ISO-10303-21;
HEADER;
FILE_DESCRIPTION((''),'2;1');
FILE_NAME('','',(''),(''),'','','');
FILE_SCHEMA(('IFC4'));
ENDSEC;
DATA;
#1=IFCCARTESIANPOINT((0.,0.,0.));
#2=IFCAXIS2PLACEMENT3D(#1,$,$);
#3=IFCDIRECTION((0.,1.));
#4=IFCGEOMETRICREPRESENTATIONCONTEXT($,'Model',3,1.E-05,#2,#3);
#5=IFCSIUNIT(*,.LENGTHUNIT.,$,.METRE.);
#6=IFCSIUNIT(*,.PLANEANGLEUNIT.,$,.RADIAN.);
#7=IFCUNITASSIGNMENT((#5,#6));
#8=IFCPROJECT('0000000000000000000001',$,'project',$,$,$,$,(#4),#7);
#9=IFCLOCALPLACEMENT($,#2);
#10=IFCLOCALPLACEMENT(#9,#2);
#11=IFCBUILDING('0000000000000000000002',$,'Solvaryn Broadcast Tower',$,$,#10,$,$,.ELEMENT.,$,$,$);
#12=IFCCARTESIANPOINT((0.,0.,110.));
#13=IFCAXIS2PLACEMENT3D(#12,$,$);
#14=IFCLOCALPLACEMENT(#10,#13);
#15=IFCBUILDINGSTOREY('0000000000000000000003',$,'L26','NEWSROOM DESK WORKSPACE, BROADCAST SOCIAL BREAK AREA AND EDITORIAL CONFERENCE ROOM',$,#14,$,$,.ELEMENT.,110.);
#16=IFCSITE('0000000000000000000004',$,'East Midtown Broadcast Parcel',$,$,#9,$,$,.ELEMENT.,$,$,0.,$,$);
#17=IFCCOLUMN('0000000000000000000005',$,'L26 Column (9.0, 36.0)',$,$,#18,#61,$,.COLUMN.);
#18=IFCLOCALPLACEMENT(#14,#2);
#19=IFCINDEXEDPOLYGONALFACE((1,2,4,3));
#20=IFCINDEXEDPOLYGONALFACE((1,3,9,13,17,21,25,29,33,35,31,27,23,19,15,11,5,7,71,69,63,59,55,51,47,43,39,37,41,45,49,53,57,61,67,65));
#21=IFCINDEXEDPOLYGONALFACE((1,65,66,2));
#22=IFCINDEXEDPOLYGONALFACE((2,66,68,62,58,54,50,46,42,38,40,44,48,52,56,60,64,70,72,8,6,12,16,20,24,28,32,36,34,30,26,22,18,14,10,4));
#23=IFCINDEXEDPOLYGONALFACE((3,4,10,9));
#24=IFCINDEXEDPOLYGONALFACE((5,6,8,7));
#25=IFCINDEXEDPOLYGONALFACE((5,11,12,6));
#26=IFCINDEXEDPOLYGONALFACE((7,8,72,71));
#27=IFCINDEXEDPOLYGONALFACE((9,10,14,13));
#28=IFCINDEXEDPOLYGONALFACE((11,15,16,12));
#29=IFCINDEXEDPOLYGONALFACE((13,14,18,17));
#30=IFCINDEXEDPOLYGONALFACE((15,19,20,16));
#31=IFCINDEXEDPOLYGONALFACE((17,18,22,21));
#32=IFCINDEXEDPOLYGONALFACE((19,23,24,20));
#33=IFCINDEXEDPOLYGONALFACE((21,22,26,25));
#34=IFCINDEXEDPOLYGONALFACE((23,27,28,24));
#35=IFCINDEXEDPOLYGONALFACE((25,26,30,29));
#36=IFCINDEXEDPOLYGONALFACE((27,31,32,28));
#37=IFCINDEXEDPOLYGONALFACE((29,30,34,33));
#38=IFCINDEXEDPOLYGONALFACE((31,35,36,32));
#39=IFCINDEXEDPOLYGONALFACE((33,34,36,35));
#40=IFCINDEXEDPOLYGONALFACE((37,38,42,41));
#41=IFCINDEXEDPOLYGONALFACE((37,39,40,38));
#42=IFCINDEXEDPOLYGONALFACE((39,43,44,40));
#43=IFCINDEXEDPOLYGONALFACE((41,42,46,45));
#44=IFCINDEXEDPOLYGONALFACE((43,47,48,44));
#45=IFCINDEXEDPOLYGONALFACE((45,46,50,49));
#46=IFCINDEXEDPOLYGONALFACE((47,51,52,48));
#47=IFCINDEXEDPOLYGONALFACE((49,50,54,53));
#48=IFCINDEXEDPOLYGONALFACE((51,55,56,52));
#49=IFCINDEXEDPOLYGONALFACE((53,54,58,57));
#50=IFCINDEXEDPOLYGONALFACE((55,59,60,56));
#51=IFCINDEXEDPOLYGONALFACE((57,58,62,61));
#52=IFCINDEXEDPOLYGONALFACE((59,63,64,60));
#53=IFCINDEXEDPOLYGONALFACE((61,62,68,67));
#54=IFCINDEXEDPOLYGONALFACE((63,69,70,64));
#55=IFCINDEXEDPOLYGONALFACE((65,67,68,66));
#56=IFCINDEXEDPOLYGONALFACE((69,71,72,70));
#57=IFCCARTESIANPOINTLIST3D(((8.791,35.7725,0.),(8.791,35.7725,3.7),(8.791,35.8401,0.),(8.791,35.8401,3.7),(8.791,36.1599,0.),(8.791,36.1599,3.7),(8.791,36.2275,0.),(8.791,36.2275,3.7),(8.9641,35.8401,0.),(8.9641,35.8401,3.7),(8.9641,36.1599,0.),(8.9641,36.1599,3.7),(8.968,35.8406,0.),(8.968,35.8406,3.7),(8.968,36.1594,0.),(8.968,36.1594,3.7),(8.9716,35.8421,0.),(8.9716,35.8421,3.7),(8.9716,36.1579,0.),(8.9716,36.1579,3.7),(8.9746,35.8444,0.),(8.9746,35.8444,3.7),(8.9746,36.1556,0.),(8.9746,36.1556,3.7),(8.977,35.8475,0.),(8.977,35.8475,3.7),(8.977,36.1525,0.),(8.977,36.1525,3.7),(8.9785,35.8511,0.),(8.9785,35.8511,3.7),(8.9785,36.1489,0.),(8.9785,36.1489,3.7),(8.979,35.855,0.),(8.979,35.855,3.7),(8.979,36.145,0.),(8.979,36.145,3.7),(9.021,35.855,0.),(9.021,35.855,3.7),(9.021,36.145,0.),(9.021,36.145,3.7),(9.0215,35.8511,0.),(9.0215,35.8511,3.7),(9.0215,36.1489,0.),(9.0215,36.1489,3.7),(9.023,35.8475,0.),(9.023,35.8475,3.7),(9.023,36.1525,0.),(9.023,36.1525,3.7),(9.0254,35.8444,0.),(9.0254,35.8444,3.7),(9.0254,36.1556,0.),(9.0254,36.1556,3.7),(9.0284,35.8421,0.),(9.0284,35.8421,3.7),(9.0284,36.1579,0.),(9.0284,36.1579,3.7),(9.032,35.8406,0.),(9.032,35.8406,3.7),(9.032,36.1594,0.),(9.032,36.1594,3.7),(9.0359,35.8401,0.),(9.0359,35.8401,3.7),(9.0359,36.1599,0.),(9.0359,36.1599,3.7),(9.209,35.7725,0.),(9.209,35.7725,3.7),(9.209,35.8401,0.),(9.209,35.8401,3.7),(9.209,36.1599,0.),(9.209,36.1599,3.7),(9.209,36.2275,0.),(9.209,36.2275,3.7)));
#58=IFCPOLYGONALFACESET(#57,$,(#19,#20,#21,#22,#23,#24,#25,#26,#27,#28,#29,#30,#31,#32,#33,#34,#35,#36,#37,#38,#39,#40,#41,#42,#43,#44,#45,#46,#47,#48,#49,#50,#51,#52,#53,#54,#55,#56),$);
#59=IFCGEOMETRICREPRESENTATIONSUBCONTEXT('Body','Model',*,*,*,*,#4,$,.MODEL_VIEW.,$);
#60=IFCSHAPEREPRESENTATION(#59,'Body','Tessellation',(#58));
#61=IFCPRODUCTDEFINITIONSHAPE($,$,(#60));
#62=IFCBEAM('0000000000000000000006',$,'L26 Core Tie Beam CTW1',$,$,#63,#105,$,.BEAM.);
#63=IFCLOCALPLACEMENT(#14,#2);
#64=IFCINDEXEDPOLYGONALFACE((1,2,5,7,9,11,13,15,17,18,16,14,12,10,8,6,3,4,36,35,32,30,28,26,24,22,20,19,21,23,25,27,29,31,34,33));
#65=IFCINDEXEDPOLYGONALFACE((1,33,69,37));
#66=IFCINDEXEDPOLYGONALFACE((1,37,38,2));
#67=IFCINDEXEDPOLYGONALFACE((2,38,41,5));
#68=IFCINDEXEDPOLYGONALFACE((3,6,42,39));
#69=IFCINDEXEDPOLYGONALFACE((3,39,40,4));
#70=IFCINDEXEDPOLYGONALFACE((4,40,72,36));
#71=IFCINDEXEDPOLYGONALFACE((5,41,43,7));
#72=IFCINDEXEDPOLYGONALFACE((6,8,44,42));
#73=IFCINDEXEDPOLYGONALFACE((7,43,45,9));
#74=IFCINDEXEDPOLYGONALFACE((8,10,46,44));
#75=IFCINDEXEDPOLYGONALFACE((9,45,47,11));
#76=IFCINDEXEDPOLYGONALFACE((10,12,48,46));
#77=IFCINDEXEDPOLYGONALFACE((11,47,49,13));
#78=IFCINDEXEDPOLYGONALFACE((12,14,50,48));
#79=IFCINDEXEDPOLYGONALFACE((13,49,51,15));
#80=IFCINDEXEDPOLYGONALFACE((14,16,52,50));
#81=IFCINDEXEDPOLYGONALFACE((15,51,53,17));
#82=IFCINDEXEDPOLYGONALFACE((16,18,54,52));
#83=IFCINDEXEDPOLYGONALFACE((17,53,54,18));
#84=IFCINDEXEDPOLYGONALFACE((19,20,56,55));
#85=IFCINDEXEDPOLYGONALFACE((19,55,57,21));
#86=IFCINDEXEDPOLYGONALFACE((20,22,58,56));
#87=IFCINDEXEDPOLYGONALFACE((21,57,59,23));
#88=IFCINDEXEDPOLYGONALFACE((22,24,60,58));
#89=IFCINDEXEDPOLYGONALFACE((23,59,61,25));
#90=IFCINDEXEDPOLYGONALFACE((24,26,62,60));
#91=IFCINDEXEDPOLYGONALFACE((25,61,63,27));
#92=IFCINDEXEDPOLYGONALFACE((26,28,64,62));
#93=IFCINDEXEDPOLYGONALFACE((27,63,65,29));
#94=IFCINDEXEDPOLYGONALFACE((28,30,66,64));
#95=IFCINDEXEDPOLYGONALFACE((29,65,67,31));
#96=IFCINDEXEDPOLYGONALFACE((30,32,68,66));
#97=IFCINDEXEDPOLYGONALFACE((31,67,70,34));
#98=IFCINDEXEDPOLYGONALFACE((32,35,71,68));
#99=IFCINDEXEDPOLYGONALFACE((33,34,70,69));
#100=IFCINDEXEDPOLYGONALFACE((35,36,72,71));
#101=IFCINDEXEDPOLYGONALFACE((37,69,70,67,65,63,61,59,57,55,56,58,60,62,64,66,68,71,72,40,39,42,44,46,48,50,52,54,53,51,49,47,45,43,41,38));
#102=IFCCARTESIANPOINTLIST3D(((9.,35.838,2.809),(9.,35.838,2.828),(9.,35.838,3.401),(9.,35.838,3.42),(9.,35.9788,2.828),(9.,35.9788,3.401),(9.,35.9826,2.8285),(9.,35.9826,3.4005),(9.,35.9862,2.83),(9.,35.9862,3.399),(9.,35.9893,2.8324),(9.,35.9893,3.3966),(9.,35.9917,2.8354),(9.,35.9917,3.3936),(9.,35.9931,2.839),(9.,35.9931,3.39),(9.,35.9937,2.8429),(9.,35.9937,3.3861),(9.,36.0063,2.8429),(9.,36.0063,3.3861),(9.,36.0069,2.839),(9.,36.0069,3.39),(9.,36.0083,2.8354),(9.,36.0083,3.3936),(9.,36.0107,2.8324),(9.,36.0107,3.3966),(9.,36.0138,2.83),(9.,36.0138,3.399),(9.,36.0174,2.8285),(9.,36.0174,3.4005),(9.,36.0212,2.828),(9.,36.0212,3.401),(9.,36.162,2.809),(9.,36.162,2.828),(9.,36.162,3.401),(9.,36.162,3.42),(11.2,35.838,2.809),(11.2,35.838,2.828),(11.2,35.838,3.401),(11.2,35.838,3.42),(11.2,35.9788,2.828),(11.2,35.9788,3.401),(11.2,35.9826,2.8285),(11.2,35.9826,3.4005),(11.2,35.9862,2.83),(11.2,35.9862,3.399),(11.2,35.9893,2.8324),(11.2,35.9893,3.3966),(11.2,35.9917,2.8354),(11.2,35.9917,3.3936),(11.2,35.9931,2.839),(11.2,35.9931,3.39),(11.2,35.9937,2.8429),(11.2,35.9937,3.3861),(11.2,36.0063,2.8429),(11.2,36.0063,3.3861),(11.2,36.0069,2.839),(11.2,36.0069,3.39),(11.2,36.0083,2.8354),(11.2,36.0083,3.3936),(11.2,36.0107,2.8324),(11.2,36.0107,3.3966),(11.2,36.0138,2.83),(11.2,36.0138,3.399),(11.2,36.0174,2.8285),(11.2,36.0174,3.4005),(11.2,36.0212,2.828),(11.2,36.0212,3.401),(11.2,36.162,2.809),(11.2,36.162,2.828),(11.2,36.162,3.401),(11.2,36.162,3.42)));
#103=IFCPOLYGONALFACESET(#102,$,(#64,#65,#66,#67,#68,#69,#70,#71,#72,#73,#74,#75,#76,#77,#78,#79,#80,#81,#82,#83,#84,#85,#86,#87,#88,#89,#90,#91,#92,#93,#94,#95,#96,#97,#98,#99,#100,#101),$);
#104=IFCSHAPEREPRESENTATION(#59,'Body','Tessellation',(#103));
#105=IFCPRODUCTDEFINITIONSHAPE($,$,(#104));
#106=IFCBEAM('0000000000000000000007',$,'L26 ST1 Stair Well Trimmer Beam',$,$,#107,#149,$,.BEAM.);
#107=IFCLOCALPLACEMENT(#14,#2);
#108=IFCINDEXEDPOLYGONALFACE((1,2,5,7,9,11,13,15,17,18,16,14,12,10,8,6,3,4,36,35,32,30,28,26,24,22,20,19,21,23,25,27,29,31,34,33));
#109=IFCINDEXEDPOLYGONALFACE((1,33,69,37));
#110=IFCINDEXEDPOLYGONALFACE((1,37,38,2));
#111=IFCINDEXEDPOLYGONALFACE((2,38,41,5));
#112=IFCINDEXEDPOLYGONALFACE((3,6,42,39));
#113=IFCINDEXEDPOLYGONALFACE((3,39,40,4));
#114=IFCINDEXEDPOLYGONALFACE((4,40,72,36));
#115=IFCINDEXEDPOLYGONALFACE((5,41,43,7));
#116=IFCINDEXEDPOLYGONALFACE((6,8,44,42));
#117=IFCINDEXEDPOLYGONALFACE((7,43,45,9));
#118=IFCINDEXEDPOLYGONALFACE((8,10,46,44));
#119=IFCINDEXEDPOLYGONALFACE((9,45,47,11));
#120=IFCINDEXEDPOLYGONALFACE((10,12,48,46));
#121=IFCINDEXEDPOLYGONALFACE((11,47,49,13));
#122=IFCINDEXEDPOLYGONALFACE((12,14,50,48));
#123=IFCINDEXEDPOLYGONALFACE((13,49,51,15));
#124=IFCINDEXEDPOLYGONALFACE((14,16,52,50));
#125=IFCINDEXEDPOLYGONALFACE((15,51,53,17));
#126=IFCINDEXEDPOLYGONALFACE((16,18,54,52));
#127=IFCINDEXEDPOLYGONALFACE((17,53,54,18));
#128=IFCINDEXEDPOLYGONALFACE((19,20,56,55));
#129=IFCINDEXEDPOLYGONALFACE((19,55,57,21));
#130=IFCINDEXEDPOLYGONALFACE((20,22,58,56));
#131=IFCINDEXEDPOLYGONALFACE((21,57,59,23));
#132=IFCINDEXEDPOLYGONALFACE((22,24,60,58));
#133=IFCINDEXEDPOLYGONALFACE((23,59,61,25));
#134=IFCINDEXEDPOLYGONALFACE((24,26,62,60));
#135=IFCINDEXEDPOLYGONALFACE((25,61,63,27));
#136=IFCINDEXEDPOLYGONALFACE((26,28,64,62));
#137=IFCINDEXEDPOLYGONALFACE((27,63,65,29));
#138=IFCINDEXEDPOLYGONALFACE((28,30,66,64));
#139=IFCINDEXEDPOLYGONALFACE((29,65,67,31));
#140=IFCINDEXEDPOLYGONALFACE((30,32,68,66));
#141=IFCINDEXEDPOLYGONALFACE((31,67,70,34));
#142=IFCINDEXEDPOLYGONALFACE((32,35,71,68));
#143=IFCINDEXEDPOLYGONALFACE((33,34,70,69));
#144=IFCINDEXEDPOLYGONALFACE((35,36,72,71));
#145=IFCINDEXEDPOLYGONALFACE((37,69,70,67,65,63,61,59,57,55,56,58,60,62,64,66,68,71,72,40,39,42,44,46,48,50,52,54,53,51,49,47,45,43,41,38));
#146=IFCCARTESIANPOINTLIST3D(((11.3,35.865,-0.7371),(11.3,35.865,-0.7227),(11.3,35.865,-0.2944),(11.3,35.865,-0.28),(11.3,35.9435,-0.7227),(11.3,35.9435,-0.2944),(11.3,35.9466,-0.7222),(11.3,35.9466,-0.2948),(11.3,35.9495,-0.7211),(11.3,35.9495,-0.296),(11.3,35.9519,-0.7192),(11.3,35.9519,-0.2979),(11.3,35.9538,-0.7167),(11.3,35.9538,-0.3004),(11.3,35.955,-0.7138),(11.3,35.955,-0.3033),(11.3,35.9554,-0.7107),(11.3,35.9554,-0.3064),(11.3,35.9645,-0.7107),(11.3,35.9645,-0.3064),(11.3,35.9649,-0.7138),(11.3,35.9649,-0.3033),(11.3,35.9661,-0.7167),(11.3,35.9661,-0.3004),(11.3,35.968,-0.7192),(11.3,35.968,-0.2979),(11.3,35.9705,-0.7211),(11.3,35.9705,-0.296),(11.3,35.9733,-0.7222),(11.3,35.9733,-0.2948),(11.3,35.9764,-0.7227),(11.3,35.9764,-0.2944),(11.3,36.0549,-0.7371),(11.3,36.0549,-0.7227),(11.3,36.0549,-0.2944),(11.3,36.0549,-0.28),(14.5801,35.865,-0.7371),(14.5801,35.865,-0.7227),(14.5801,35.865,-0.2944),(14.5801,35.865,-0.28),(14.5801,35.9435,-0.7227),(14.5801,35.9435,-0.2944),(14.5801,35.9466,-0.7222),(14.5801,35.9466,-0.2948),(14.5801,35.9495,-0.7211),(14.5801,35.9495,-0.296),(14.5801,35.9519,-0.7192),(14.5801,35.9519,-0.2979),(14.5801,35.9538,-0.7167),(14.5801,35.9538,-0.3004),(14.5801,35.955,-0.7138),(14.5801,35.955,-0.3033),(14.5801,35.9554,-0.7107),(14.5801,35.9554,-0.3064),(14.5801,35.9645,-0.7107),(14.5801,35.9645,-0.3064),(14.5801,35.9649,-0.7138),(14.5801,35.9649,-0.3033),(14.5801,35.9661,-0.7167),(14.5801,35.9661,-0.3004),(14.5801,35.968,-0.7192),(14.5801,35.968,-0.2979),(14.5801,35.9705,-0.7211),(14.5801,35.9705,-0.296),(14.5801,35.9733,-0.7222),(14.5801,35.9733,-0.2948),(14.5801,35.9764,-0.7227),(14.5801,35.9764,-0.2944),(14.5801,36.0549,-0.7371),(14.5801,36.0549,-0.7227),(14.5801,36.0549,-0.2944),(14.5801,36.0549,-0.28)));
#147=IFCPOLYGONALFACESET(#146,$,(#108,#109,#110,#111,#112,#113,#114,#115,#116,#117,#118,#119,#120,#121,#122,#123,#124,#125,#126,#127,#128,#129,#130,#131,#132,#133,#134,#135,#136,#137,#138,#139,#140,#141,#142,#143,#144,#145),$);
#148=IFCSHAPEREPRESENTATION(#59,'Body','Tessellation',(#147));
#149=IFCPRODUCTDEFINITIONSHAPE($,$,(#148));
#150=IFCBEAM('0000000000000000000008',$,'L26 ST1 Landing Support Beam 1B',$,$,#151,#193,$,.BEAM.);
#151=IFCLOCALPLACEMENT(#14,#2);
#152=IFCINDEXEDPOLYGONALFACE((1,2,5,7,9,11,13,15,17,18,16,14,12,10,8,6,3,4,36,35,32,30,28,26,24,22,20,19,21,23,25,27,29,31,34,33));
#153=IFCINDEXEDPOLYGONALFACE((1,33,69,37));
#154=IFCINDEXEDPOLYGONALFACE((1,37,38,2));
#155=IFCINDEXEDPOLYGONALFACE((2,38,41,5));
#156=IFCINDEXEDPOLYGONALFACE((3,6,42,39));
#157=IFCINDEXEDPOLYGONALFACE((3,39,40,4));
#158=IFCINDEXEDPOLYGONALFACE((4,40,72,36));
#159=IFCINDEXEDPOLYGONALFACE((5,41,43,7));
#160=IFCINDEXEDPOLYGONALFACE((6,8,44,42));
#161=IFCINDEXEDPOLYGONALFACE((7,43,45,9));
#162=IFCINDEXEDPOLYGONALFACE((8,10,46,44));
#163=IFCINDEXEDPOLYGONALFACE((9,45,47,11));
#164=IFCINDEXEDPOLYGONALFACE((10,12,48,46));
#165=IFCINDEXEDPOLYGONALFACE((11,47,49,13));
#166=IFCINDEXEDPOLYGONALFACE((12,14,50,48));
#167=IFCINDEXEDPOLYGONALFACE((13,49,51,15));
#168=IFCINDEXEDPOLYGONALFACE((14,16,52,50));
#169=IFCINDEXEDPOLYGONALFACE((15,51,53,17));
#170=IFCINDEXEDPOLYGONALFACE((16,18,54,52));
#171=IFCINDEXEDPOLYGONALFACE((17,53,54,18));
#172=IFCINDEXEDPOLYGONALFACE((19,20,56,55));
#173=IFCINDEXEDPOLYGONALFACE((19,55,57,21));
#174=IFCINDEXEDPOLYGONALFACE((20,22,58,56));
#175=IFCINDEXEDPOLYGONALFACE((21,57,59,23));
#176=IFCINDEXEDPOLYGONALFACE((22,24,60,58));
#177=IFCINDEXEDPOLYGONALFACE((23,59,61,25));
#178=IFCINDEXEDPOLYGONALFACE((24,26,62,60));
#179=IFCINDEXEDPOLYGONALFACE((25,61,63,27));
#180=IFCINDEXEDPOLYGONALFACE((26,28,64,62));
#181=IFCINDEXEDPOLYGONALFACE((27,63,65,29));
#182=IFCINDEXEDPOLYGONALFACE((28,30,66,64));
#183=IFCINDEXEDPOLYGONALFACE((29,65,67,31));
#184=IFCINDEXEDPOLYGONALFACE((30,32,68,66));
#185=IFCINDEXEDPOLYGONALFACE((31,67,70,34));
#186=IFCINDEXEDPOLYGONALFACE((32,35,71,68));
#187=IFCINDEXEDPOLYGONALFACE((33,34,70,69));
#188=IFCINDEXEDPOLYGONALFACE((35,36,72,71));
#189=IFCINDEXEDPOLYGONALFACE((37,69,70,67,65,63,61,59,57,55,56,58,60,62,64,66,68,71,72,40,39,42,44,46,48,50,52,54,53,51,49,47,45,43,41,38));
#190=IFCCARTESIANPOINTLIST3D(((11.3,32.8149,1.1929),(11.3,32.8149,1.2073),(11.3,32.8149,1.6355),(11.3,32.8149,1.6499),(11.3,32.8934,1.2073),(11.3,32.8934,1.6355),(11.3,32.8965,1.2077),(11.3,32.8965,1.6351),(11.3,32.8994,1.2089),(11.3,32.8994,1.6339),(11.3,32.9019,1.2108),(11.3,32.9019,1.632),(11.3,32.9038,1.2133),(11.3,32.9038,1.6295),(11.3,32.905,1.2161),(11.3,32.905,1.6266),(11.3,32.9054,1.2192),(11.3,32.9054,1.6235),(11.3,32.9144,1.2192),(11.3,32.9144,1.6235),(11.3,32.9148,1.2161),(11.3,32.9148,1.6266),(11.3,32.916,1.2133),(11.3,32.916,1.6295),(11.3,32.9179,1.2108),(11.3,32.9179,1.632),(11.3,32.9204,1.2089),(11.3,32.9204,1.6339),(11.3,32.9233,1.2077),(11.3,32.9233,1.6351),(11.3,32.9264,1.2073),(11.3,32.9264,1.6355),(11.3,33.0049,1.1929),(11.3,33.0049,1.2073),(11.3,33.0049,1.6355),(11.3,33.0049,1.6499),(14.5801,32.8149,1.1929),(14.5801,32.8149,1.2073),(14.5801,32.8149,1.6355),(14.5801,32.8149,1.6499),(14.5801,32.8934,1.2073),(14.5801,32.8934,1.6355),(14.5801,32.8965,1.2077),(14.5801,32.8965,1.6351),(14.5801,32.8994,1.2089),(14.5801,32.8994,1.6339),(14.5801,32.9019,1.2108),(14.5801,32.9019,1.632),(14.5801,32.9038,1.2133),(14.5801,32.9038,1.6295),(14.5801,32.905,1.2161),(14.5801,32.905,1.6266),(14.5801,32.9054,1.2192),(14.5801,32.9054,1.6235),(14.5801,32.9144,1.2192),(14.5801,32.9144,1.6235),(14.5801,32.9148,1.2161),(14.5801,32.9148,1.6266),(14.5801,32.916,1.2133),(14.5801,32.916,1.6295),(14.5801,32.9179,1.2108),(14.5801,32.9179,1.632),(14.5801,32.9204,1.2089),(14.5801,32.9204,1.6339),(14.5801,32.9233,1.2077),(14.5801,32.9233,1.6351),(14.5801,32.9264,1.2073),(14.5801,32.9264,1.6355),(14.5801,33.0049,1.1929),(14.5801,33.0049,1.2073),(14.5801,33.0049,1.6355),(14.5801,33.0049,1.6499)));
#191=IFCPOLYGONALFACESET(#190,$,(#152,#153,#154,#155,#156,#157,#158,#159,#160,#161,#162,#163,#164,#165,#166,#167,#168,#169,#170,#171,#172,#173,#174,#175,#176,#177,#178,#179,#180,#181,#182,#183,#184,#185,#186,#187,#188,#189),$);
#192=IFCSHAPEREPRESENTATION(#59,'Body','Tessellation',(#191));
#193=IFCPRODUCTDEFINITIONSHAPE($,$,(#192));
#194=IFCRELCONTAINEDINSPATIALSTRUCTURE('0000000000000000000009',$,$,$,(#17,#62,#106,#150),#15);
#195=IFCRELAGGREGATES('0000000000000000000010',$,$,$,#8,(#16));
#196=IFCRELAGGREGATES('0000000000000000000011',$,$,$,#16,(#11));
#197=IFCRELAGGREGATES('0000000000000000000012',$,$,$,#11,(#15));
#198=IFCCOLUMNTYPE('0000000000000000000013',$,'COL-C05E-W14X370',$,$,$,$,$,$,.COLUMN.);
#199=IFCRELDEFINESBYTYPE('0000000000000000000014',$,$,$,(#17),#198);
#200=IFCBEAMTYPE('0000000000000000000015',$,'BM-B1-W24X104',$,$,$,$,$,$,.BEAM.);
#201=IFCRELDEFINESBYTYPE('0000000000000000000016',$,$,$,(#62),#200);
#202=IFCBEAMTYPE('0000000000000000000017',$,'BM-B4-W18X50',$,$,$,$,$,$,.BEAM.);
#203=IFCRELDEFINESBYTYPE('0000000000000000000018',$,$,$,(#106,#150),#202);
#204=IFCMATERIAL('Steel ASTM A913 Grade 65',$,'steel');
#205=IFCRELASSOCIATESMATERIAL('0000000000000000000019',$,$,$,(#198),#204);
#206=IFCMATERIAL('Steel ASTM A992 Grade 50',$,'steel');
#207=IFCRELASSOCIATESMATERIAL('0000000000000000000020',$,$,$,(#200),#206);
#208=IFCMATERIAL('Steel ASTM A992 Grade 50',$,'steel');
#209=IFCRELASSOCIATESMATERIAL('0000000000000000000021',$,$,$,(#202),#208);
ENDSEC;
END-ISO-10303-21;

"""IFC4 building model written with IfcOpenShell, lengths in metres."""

from ifc_helpers import new_model, si_unit, direction, frame, origin, origin_2d, place, context, subcontext, project, spatial, i_section, extrude, material, material_profile, profile_set, type_object, element, save


model = new_model("IFC4")

# Units and contexts
model_context = context("Model", 3, precision=1e-05, world=origin(), true_north=direction((0.0, 1.0)))
body_context = subcontext(model_context, "Body", "Model", "MODEL_VIEW")
ifc_project = project(units=[si_unit("LENGTHUNIT", "METRE"), si_unit("PLANEANGLEUNIT", "RADIAN")], contexts=[model_context])

# Site, building, storey
site_placement = place(None, origin())
site = spatial("IfcSite", under=ifc_project, at=site_placement, Name="East Midtown Broadcast Parcel", CompositionType="ELEMENT", RefElevation=0.0)
building_placement = place(site_placement, origin())
building = spatial("IfcBuilding", under=site, at=building_placement, Name="Solvaryn Broadcast Tower", CompositionType="ELEMENT")
storey_placement = place(building_placement, frame((0.0, 0.0, 110.0)))
storey = spatial("IfcBuildingStorey", under=building, at=storey_placement, Name="L26", Description="NEWSROOM DESK WORKSPACE, BROADCAST SOCIAL BREAK AREA AND EDITORIAL CONFERENCE ROOM", CompositionType="ELEMENT", Elevation=110.0)

# Column
ifc_material_1 = material(Name="Steel ASTM A913 Grade 65", Category="steel")
ifc_material_profile_1 = material_profile(ifc_material_1, i_section(OverallWidth=0.418, OverallDepth=0.4551, WebThickness=0.042, FlangeThickness=0.0676, FilletRadius=0.0149, at=origin_2d()))
ifc_profile_set_1 = profile_set([ifc_material_profile_1], Name="Steel ASTM A913 Grade 65")
column_type = type_object("IfcColumnType", Name="COL-C05E-W14X370", PredefinedType="COLUMN", material=ifc_profile_set_1)
column_placement = place(storey_placement, frame((9.0, 36.0, 0.0), z_axis=(0.0, 0.0, 1.0), x_axis=(1.0, 0.0, 0.0)))
element("IfcColumn", 1, at=column_placement, inside=storey, type_object=column_type, Name="L26 Column (9.0, 36.0)", PredefinedType="COLUMN", context=body_context, shape_type="SweptSolid", body=[
    extrude(i_section(OverallWidth=0.418, OverallDepth=0.4551, WebThickness=0.042, FlangeThickness=0.0676, FilletRadius=0.0149, at=origin_2d()), origin(), (0.0, 0.0, 1.0), 3.7),
])

# Beams
ifc_material_2 = material(Name="Steel ASTM A992 Grade 50", Category="steel")
ifc_material_profile_2 = material_profile(ifc_material_2, i_section(OverallWidth=0.324, OverallDepth=0.6111, WebThickness=0.0127, FlangeThickness=0.019, FilletRadius=0.0149, at=origin_2d()))
ifc_profile_set_2 = profile_set([ifc_material_profile_2], Name="Steel ASTM A992 Grade 50")
beam_type_1 = type_object("IfcBeamType", Name="BM-B1-W24X104", PredefinedType="BEAM", material=ifc_profile_set_2)
beam_1_placement = place(storey_placement, frame((9.0, 36.0, 3.1145), z_axis=(1.0, 0.0, 0.0), x_axis=(0.0, 1.0, 0.0)))
element("IfcBeam", 2, at=beam_1_placement, inside=storey, type_object=beam_type_1, Name="L26 Core Tie Beam CTW1", PredefinedType="BEAM", context=body_context, shape_type="SweptSolid", body=[
    extrude(i_section(OverallWidth=0.324, OverallDepth=0.6111, WebThickness=0.0127, FlangeThickness=0.019, FilletRadius=0.0149, at=origin_2d()), origin(), (0.0, 0.0, 1.0), 2.2),
])
ifc_material_3 = material(Name="Steel ASTM A992 Grade 50", Category="steel")
ifc_material_profile_3 = material_profile(ifc_material_3, i_section(OverallWidth=0.1899, OverallDepth=0.457, WebThickness=0.009, FlangeThickness=0.0144, FilletRadius=0.012, at=origin_2d()))
ifc_profile_set_3 = profile_set([ifc_material_profile_3], Name="Steel ASTM A992 Grade 50")
beam_type_2 = type_object("IfcBeamType", Name="BM-B4-W18X50", PredefinedType="BEAM", material=ifc_profile_set_3)
for number, where, z_axis, x_axis, name in (
    (3, (11.3, 35.96, -0.5085), (1.0, 0.0, 0.0), (0.0, 1.0, 0.0), "L26 ST1 Stair Well Trimmer Beam"),
    (4, (11.3, 32.9099, 1.4214), (1.0, 0.0, 0.0), (0.0, 1.0, 0.0), "L26 ST1 Landing Support Beam 1B"),
):
    element("IfcBeam", number, at=place(storey_placement, frame(where, z_axis=z_axis, x_axis=x_axis)), inside=storey, type_object=beam_type_2, Name=name, PredefinedType="BEAM", context=body_context, shape_type="SweptSolid", body=[
        extrude(i_section(OverallWidth=0.1899, OverallDepth=0.457, WebThickness=0.009, FlangeThickness=0.0144, FilletRadius=0.012, at=origin_2d()), origin(), (0.0, 0.0, 1.0), 3.28),
    ])

save(model, "model.ifc")
